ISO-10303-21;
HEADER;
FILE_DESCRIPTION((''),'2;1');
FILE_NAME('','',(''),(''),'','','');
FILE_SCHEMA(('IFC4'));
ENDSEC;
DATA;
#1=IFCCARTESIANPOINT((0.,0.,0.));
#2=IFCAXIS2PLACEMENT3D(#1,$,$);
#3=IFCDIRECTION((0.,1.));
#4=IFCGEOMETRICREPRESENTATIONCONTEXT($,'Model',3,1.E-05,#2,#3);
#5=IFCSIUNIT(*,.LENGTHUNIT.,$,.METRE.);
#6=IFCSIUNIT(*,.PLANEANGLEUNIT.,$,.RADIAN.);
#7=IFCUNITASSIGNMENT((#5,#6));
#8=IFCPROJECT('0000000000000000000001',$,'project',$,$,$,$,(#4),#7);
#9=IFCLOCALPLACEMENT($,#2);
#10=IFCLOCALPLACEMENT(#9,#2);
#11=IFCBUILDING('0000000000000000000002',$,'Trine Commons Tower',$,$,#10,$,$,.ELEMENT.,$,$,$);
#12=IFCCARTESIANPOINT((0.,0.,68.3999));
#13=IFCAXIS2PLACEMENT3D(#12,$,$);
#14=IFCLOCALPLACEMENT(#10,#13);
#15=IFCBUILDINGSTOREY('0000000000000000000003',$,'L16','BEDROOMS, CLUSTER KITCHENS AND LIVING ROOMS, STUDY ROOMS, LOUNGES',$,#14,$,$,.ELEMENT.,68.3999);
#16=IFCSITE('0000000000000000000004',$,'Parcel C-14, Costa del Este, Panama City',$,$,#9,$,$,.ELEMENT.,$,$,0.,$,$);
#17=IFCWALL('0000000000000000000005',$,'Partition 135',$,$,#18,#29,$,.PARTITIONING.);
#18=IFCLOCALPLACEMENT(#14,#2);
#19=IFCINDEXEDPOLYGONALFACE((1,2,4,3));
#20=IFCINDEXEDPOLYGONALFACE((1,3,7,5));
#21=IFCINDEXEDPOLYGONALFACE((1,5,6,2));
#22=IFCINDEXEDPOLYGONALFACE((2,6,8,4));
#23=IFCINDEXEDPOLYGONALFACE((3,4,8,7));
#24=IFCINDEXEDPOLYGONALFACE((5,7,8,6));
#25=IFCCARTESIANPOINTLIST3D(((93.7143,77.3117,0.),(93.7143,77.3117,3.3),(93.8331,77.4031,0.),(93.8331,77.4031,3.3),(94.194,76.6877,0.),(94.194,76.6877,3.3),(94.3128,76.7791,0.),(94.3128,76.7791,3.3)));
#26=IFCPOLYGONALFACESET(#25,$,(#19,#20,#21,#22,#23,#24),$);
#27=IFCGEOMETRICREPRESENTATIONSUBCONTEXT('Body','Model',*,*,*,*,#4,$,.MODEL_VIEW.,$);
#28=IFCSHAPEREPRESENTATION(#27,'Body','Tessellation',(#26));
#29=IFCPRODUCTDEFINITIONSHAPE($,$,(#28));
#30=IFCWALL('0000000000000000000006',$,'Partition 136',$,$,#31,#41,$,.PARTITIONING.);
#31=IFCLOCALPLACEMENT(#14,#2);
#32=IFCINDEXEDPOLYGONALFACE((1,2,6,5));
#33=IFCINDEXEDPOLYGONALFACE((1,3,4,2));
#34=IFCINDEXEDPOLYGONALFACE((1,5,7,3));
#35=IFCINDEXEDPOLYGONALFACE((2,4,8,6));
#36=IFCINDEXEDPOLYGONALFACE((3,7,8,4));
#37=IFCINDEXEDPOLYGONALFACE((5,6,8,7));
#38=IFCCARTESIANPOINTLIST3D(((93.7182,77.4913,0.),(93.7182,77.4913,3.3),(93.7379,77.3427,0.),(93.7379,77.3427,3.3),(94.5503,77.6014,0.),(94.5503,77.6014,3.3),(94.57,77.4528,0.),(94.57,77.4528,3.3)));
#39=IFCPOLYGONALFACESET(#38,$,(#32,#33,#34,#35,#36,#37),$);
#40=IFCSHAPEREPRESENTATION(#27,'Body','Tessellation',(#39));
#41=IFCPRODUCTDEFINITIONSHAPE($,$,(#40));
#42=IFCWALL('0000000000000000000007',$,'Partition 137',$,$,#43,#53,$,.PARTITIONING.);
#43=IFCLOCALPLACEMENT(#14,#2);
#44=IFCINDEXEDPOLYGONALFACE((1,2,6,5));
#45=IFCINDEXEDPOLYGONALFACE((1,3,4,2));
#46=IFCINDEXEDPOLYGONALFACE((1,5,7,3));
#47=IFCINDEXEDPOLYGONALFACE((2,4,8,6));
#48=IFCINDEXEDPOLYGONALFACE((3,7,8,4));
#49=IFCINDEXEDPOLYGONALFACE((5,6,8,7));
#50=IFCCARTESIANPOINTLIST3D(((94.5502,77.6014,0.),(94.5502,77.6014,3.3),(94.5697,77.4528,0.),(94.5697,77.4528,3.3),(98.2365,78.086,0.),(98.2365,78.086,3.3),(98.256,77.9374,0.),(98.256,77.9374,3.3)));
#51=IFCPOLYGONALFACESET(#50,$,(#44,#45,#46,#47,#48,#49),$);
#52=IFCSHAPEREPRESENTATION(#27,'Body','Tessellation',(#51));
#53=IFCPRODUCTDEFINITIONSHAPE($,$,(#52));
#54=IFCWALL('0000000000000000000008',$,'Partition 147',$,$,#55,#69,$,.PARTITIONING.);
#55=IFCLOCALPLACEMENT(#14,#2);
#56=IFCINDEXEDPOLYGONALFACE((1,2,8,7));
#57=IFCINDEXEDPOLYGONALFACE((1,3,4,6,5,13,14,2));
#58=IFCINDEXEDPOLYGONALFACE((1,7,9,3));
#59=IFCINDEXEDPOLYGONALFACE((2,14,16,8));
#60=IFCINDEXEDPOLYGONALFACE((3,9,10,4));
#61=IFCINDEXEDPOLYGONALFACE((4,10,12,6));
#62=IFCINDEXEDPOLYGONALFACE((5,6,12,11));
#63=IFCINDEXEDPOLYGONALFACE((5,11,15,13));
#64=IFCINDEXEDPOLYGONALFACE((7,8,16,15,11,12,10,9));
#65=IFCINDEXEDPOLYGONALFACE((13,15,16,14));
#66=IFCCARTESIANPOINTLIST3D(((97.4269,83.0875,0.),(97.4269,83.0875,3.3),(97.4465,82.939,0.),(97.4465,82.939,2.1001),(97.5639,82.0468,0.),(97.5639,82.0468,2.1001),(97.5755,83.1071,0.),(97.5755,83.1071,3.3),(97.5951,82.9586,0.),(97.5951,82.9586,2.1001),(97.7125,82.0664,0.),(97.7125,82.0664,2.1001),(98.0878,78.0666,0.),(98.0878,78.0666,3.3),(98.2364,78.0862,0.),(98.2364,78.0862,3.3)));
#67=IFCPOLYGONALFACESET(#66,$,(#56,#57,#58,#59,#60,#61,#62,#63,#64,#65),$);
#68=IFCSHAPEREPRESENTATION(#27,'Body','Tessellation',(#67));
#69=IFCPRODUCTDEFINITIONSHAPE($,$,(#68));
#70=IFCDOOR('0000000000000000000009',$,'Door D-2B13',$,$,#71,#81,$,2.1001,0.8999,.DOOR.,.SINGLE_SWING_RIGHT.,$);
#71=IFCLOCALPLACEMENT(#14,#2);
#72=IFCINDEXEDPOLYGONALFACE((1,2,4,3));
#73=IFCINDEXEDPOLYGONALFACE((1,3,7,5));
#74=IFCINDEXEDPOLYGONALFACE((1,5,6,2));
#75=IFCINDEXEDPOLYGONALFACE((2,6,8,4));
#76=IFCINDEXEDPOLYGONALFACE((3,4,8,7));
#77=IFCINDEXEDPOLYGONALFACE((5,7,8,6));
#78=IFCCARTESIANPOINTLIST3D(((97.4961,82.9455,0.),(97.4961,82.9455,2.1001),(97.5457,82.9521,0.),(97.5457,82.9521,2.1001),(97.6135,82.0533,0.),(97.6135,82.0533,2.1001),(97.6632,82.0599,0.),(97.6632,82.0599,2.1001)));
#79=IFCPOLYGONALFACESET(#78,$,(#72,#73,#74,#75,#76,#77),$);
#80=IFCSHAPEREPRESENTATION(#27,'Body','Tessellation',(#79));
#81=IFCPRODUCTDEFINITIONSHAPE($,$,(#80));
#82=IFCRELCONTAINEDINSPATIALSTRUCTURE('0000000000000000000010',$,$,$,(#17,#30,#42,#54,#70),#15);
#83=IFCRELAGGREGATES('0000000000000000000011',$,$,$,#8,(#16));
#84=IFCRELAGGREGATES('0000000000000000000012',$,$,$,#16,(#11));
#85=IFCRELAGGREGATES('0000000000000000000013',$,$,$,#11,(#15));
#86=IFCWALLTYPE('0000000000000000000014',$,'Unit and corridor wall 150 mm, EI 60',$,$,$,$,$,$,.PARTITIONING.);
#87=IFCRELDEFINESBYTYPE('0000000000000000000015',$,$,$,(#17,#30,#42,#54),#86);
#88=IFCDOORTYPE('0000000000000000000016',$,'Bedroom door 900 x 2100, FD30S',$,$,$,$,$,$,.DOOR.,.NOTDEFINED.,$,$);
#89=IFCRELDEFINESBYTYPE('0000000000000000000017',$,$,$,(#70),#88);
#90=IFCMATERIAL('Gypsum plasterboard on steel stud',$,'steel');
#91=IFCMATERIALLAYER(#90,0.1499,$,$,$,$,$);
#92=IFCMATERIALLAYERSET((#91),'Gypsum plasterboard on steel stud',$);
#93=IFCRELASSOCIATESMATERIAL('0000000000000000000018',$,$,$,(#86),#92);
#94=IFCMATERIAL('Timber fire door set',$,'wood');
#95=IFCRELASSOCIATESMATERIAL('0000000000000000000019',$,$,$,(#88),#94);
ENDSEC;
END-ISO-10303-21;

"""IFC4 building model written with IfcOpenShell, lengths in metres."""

from ifc_helpers import new_model, si_unit, direction, frame, frame_2d, origin, place, context, subcontext, project, spatial, rectangle, extrude, material, layer, layer_set, type_object, element, fill, save


model = new_model("IFC4")

# Units and contexts
model_context = context("Model", 3, precision=1e-05, world=origin(), true_north=direction((0.0, 1.0)))
body_context = subcontext(model_context, "Body", "Model", "MODEL_VIEW")
ifc_project = project(units=[si_unit("LENGTHUNIT", "METRE"), si_unit("PLANEANGLEUNIT", "RADIAN")], contexts=[model_context])

# Site, building, storey
site_placement = place(None, origin())
site = spatial("IfcSite", under=ifc_project, at=site_placement, Name="Parcel C-14, Costa del Este, Panama City", CompositionType="ELEMENT", RefElevation=0.0)
building_placement = place(site_placement, origin())
building = spatial("IfcBuilding", under=site, at=building_placement, Name="Trine Commons Tower", CompositionType="ELEMENT")
storey_placement = place(building_placement, frame((0.0, 0.0, 68.3999)))
storey = spatial("IfcBuildingStorey", under=building, at=storey_placement, Name="L16", Description="BEDROOMS, CLUSTER KITCHENS AND LIVING ROOMS, STUDY ROOMS, LOUNGES", CompositionType="ELEMENT", Elevation=68.3999)

# Walls
ifc_material_1 = material(Name="Gypsum plasterboard on steel stud", Category="steel")
ifc_layer_1 = layer(ifc_material_1, 0.1499)
ifc_layer_set_1 = layer_set([ifc_layer_1], Name="Gypsum plasterboard on steel stud")
wall_type_1 = type_object("IfcWallType", Name="Unit and corridor wall 150 mm, EI 60", PredefinedType="PARTITIONING", material=ifc_layer_set_1)
wall_1_placement = place(storey_placement, frame((93.7737, 77.3574, 0.0), z_axis=(0.0, 0.0, 1.0), x_axis=(0.609486, -0.792797, 0.0)))
element("IfcWall", 1, at=wall_1_placement, inside=storey, type_object=wall_type_1, Name="Partition 135", PredefinedType="PARTITIONING", context=body_context, shape_type="SweptSolid", body=[
    extrude(rectangle(XDim=0.7871, YDim=0.1499, at=frame_2d((0.3936, 0.0))), origin(), (0.0, 0.0, 1.0), 3.3),
])
wall_2_placement = place(storey_placement, frame((93.728, 77.417, 0.0), z_axis=(0.0, 0.0, 1.0), x_axis=(0.991357, 0.131192, 0.0)))
element("IfcWall", 2, at=wall_2_placement, inside=storey, type_object=wall_type_1, Name="Partition 136", PredefinedType="PARTITIONING", context=body_context, shape_type="SweptSolid", body=[
    extrude(rectangle(XDim=0.8394, YDim=0.1499, at=frame_2d((0.4197, 0.0))), origin(), (0.0, 0.0, 1.0), 3.3),
])
wall_3_placement = place(storey_placement, frame((94.5601, 77.5271, 0.0), z_axis=(0.0, 0.0, 1.0), x_axis=(0.991469, 0.130344, 0.0)))
element("IfcWall", 3, at=wall_3_placement, inside=storey, type_object=wall_type_1, Name="Partition 137", PredefinedType="PARTITIONING", context=body_context, shape_type="SweptSolid", body=[
    extrude(rectangle(XDim=3.718, YDim=0.1499, at=frame_2d((1.8589, 0.0))), origin(), (0.0, 0.0, 1.0), 3.3),
])

# Wall, opening, door
wall_4_placement = place(storey_placement, frame((97.5012, 83.0974, 0.0), z_axis=(0.0, 0.0, 1.0), x_axis=(0.130499, -0.991448, 0.0)))
wall_4 = element("IfcWall", 4, at=wall_4_placement, inside=storey, type_object=wall_type_1, Name="Partition 147", PredefinedType="PARTITIONING", context=body_context, shape_type="SweptSolid", body=[
    extrude(rectangle(XDim=5.0642, YDim=0.1499, at=frame_2d((2.5322, 0.0))), origin(), (0.0, 0.0, 1.0), 3.3),
])
opening_1_placement = place(wall_4_placement, frame((0.1499, 0.0, 0.0)))
opening_1 = element("IfcOpeningElement", 5, at=opening_1_placement, cuts=wall_4, PredefinedType="OPENING", context=body_context, shape_type="SweptSolid", body=[
    extrude(rectangle(XDim=0.8999, YDim=2.1001, at=frame_2d((0.45, 1.05))), frame((0.0, 0.085, 0.0), z_axis=(0.0, -1.0, 0.0), x_axis=(1.0, 0.0, 0.0)), (0.0, 0.0, 1.0), 0.1699),
])
ifc_material_2 = material(Name="Timber fire door set", Category="wood")
door_type_1 = type_object("IfcDoorType", Name="Bedroom door 900 x 2100, FD30S", OperationType="NOTDEFINED", PredefinedType="DOOR", material=ifc_material_2)
door_1_placement = place(opening_1_placement, frame((0.8999, 0.0, 0.0), z_axis=(0.0, 0.0, 1.0), x_axis=(-1.0, 0.0, 0.0)))
door_1 = element("IfcDoor", 6, at=door_1_placement, inside=storey, type_object=door_type_1, Name="Door D-2B13", OperationType="SINGLE_SWING_RIGHT", OverallHeight=2.1001, OverallWidth=0.8999, PredefinedType="DOOR", context=body_context, shape_type="SweptSolid", body=[
    extrude(rectangle(XDim=0.8999, YDim=2.1001, at=frame_2d((0.45, 1.05))), frame((0.0, 0.0249, 0.0), z_axis=(0.0, -1.0, 0.0), x_axis=(1.0, 0.0, 0.0)), (0.0, 0.0, 1.0), 0.05),
])
fill(opening_1, door_1)

save(model, "model.ifc")
